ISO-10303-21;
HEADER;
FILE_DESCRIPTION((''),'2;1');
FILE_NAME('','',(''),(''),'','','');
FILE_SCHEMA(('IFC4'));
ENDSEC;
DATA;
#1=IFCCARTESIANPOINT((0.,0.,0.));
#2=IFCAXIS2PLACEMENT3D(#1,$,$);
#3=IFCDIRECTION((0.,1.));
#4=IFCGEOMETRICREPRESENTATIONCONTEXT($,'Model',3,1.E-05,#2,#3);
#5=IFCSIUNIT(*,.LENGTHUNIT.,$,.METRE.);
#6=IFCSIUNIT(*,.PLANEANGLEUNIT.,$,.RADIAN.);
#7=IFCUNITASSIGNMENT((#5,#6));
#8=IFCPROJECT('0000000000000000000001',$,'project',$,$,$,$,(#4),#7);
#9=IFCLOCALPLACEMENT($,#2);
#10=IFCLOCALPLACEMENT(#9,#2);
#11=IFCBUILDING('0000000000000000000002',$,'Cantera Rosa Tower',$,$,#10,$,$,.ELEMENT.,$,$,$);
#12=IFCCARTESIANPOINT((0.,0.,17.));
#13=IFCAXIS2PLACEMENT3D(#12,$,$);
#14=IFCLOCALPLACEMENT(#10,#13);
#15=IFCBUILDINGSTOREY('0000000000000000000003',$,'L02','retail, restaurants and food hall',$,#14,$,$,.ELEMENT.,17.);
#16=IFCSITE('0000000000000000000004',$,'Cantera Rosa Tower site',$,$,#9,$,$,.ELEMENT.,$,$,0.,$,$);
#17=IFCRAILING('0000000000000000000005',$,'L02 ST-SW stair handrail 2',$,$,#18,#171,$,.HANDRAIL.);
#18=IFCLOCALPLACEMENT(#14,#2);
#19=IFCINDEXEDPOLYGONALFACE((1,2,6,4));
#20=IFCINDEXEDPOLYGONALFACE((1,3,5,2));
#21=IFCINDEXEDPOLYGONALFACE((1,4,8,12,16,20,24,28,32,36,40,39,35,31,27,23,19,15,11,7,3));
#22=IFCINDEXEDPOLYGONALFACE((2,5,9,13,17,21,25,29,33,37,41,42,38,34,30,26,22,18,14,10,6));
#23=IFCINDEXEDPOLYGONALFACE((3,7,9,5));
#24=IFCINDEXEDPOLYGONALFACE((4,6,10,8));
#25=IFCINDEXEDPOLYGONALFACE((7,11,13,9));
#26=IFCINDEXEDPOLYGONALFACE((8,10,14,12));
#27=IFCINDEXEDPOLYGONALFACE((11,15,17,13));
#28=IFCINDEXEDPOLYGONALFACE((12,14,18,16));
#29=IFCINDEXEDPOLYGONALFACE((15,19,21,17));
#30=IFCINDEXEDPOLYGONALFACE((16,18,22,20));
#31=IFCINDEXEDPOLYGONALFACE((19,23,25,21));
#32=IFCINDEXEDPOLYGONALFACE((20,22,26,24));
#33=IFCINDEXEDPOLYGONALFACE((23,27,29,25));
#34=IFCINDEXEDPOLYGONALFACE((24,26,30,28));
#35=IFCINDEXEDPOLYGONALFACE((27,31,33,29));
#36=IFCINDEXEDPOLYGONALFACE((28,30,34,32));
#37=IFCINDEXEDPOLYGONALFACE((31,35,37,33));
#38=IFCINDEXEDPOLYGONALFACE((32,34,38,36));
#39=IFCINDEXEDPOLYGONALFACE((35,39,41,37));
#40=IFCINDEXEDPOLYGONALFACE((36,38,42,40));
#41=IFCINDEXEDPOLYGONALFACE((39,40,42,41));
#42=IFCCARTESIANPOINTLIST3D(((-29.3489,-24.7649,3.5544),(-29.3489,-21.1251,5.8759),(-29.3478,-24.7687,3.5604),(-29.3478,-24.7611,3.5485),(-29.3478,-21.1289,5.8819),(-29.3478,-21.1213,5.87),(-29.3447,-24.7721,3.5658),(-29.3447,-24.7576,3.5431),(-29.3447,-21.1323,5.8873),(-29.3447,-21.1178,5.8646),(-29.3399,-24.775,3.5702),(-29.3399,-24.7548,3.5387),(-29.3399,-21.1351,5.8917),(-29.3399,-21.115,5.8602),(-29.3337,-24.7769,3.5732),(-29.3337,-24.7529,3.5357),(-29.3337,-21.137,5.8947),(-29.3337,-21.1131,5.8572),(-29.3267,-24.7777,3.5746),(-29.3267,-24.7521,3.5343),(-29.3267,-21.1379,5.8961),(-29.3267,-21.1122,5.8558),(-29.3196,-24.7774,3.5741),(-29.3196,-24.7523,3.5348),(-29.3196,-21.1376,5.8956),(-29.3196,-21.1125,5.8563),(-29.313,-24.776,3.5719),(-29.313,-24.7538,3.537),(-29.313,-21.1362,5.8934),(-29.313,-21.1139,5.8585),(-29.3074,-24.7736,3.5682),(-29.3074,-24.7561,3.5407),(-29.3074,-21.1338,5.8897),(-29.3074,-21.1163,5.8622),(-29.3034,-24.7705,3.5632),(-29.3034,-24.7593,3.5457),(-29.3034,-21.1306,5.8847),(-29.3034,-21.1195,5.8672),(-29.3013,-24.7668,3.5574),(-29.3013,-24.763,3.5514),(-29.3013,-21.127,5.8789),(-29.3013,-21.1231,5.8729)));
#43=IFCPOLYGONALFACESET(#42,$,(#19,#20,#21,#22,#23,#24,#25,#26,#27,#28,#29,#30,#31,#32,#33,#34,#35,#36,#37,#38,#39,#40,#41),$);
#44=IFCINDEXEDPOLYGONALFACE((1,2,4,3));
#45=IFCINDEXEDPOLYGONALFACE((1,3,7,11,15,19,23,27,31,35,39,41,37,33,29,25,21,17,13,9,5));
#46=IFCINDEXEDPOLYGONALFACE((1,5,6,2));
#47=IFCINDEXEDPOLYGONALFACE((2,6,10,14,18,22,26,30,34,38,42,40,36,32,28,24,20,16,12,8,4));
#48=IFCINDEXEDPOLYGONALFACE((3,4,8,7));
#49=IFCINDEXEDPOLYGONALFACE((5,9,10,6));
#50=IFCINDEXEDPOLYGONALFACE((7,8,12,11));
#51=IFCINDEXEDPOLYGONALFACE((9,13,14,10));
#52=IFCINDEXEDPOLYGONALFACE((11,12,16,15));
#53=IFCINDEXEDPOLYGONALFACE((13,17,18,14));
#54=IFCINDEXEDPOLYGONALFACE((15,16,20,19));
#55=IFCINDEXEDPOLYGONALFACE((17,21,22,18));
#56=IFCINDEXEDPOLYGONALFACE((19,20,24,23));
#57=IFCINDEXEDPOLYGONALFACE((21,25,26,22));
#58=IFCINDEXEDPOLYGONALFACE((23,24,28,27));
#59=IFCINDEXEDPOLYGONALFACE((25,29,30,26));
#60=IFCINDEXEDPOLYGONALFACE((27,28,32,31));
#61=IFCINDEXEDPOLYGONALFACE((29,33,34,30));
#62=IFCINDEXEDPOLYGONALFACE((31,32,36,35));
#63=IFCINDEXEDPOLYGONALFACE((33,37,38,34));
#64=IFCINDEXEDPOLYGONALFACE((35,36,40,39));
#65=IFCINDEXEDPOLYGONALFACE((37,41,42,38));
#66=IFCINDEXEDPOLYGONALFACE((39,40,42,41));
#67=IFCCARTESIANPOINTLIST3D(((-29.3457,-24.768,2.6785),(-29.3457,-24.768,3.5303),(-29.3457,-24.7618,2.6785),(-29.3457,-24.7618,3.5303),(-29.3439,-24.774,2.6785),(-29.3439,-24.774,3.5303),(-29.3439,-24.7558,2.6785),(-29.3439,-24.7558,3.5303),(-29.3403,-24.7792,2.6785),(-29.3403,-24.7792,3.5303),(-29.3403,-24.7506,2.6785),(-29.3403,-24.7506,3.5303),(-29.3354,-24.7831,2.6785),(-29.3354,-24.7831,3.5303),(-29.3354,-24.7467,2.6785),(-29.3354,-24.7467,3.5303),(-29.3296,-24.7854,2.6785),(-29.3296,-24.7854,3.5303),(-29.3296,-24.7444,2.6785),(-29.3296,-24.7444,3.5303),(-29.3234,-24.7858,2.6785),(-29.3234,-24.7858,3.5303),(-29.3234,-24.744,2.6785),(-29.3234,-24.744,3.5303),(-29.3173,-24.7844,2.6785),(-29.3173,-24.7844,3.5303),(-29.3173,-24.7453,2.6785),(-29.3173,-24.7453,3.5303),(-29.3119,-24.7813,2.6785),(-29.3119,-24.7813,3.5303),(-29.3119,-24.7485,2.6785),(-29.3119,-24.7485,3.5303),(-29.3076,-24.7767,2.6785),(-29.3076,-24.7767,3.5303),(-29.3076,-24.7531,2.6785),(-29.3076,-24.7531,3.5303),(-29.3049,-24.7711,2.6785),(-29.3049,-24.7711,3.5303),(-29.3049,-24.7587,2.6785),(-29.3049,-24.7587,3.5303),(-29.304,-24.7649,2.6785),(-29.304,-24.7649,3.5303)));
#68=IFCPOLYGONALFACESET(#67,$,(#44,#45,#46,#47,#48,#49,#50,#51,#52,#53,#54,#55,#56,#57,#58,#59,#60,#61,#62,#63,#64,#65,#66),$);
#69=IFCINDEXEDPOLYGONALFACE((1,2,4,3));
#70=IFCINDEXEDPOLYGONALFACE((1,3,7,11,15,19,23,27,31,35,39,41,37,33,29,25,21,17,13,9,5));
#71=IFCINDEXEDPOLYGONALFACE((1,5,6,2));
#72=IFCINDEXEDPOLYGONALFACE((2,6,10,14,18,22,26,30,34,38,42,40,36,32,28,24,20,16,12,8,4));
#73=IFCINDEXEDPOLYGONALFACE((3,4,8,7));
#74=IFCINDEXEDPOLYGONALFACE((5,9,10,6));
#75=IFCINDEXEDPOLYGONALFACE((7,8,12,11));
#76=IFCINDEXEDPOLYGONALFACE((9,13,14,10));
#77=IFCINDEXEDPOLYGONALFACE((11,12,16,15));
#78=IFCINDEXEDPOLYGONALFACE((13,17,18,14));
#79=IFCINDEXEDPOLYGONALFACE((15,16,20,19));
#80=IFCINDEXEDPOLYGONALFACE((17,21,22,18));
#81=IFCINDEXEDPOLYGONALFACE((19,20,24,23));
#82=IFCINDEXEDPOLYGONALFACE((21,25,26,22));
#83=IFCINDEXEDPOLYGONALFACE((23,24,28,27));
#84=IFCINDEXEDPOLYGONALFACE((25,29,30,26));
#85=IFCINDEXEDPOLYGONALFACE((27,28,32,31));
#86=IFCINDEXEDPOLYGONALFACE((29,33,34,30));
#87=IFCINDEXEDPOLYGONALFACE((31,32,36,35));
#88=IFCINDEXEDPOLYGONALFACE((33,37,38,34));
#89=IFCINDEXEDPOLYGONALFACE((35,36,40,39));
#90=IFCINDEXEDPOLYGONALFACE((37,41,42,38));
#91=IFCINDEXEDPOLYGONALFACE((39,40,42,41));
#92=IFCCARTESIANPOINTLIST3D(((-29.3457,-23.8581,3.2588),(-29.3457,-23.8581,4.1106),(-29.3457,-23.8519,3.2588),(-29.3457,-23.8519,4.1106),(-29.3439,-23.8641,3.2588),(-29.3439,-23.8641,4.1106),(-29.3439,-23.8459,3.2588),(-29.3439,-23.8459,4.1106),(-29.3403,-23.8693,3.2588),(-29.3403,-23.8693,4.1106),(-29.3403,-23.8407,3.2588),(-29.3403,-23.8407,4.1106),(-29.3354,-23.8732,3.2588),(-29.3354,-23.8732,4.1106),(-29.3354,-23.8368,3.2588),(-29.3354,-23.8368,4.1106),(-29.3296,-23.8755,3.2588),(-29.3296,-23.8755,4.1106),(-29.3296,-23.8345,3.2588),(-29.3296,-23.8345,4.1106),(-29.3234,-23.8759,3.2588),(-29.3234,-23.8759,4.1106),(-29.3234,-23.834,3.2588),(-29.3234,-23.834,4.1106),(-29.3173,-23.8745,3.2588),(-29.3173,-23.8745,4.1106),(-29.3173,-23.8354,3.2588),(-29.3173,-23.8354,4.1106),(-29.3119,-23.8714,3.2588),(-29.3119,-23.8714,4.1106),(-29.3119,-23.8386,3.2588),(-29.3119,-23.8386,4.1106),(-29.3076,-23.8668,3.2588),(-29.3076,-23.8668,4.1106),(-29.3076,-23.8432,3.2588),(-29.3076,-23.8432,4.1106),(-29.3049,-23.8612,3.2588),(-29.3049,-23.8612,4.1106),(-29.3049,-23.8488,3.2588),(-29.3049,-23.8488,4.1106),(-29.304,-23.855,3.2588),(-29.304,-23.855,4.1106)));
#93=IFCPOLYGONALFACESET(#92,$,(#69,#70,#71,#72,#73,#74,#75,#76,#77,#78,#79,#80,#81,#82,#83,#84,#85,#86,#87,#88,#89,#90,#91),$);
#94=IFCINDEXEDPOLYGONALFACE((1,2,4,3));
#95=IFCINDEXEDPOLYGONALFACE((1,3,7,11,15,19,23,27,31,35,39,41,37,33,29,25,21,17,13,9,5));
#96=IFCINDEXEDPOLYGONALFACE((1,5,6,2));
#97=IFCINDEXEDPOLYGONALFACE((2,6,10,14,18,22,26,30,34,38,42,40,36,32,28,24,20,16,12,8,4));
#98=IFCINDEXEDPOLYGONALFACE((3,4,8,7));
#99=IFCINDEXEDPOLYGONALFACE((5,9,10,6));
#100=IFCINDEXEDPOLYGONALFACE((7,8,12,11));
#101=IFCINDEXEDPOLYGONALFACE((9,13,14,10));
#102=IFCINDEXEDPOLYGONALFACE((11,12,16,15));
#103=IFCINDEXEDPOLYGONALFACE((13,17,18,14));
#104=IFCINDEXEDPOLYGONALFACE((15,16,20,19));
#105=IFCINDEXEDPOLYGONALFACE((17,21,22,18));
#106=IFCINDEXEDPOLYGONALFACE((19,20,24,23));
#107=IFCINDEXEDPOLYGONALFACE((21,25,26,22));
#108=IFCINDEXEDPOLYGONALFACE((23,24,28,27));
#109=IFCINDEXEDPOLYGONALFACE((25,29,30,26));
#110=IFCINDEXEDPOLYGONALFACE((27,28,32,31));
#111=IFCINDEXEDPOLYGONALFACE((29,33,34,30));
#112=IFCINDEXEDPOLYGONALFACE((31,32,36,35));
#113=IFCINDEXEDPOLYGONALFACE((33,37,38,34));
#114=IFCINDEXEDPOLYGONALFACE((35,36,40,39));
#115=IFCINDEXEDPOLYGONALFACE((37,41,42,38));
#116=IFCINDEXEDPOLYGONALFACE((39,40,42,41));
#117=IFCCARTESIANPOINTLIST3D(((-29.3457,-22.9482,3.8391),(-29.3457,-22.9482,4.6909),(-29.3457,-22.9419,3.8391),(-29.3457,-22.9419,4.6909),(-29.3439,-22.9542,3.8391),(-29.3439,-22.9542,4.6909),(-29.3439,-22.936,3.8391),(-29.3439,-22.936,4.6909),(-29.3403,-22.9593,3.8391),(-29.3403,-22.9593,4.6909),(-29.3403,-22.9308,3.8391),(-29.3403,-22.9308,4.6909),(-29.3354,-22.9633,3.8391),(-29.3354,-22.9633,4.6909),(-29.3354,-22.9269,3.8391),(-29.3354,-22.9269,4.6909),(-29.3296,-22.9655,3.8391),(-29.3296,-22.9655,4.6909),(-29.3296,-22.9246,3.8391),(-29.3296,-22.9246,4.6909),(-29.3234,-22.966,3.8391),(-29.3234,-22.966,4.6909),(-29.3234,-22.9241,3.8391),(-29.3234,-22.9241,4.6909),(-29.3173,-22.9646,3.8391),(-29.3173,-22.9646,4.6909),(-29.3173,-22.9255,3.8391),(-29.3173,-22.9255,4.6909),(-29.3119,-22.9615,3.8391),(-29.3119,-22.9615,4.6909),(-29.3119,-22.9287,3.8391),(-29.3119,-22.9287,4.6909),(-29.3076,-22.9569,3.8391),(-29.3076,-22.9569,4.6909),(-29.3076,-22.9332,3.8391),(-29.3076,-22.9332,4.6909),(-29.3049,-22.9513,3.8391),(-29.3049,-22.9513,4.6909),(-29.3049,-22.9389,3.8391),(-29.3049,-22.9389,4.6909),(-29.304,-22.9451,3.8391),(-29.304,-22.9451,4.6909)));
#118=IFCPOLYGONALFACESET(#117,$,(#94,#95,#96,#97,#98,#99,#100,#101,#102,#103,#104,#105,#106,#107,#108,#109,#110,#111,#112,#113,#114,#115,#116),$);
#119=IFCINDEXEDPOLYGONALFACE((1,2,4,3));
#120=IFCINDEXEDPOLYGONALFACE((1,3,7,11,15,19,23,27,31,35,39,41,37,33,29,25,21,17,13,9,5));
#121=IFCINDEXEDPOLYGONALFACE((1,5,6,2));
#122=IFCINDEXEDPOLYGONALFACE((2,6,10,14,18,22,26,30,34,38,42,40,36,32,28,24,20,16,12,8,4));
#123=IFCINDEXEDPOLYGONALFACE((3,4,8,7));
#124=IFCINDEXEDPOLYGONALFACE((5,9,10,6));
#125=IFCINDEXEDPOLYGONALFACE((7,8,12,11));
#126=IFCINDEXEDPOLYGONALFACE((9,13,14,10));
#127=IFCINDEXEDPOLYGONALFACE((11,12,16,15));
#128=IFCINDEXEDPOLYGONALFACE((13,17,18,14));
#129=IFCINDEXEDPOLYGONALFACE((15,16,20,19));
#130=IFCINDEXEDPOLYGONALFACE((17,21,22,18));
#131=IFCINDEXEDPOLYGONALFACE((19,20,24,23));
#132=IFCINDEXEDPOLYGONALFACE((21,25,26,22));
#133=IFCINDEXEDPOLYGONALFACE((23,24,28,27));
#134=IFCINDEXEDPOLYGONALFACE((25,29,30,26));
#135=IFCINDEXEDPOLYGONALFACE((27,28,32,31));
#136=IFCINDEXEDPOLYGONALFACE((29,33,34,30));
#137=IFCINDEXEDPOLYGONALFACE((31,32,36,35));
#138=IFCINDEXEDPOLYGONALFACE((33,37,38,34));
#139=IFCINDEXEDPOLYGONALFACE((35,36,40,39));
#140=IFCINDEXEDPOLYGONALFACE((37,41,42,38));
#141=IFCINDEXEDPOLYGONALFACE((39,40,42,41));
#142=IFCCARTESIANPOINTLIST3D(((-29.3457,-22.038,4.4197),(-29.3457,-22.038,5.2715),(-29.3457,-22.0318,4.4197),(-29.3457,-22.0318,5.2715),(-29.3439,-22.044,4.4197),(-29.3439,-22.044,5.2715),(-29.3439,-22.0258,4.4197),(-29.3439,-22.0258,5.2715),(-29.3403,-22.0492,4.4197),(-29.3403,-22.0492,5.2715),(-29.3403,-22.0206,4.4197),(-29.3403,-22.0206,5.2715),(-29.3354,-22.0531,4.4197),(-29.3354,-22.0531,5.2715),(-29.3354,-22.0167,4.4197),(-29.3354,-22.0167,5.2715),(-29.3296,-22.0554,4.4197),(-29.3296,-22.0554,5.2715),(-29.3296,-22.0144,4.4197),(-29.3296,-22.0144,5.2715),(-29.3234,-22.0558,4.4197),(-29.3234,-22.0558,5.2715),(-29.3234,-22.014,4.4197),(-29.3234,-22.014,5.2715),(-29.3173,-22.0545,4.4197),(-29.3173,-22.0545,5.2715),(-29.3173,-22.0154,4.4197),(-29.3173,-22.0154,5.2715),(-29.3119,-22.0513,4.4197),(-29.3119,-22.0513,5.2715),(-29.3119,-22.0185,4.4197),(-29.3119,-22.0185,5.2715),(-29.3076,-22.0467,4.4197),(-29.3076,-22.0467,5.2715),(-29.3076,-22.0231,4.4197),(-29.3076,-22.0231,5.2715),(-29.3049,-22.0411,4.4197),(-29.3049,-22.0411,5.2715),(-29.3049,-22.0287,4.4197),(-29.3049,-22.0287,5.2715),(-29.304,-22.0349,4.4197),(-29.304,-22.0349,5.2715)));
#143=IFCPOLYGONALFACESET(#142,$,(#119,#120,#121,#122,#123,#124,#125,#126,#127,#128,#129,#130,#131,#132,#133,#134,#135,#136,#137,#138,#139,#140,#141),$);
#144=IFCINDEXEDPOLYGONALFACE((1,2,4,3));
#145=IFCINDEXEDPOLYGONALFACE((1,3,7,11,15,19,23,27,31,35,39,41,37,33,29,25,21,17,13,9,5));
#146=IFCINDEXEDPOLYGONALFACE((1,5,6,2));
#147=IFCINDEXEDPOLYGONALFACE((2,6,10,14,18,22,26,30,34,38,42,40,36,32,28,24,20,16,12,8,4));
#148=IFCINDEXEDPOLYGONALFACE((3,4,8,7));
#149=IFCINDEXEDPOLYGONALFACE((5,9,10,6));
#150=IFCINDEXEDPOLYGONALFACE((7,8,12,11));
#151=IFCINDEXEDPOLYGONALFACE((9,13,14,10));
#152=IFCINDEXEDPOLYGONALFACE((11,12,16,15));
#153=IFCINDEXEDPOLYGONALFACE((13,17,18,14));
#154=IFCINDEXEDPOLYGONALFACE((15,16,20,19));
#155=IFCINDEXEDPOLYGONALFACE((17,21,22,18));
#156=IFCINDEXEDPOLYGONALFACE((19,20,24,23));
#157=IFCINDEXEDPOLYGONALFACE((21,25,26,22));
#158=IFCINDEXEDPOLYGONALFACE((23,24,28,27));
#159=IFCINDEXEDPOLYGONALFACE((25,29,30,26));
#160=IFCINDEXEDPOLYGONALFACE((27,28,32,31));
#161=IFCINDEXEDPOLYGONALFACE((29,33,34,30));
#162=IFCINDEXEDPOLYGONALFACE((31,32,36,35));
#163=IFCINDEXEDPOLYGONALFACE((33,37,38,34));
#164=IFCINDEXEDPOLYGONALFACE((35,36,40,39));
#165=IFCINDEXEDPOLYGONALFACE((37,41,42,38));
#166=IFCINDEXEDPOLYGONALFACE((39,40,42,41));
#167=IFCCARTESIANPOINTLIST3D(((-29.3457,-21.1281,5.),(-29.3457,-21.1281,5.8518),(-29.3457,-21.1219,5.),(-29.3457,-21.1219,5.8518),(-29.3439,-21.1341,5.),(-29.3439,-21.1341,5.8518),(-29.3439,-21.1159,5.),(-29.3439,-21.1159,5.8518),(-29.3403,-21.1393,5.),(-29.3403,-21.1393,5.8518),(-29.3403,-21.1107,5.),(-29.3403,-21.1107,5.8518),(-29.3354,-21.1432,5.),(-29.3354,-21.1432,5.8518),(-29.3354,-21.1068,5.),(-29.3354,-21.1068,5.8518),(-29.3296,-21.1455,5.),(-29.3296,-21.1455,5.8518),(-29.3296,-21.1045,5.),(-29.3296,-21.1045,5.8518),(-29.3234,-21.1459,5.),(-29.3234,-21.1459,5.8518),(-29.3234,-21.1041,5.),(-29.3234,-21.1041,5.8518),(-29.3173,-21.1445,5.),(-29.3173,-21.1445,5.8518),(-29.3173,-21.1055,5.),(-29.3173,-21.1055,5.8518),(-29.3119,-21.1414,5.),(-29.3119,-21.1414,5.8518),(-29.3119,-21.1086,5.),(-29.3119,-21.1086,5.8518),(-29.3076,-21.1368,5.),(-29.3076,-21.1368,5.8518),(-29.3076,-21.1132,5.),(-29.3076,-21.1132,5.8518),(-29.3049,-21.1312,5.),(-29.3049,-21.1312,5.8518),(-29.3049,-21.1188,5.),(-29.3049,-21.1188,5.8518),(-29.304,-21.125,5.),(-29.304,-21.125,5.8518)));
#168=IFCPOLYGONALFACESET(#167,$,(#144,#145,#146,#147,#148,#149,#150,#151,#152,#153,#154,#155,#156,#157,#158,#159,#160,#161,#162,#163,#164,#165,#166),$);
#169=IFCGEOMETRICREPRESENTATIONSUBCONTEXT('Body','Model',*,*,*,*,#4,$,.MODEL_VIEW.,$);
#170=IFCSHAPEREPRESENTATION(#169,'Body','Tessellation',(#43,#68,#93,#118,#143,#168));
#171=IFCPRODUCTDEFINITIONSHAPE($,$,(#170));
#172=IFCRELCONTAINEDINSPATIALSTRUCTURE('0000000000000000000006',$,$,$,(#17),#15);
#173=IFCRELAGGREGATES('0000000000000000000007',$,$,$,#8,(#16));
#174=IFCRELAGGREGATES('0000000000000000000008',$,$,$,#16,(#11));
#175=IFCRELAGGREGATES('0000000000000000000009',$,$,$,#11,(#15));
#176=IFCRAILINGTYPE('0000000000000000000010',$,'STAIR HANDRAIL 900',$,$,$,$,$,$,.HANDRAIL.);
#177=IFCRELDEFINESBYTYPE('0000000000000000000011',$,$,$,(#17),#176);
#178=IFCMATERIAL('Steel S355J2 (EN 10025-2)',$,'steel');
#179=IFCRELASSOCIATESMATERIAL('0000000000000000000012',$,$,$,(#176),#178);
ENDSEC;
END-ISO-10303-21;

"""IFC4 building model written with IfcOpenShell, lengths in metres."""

from ifc_helpers import new_model, si_unit, direction, frame, origin, origin_2d, place, context, subcontext, project, spatial, circle, extrude, material, type_object, element, save


model = new_model("IFC4")

# Units and contexts
model_context = context("Model", 3, precision=1e-05, world=origin(), true_north=direction((0.0, 1.0)))
body_context = subcontext(model_context, "Body", "Model", "MODEL_VIEW")
ifc_project = project(units=[si_unit("LENGTHUNIT", "METRE"), si_unit("PLANEANGLEUNIT", "RADIAN")], contexts=[model_context])

# Site, building, storey
site_placement = place(None, origin())
site = spatial("IfcSite", under=ifc_project, at=site_placement, Name="Cantera Rosa Tower site", CompositionType="ELEMENT", RefElevation=0.0)
building_placement = place(site_placement, origin())
building = spatial("IfcBuilding", under=site, at=building_placement, Name="Cantera Rosa Tower", CompositionType="ELEMENT")
storey_placement = place(building_placement, frame((0.0, 0.0, 17.0)))
storey = spatial("IfcBuildingStorey", under=building, at=storey_placement, Name="L02", Description="retail, restaurants and food hall", CompositionType="ELEMENT", Elevation=17.0)

# Railing
ifc_material_1 = material(Name="Steel S355J2 (EN 10025-2)", Category="steel")
railing_type_1 = type_object("IfcRailingType", Name="STAIR HANDRAIL 900", PredefinedType="HANDRAIL", material=ifc_material_1)
railing_1_placement = place(storey_placement, frame((-29.325, -24.7649, 2.6785)))
element("IfcRailing", 1, at=railing_1_placement, inside=storey, type_object=railing_type_1, Name="L02 ST-SW stair handrail 2", PredefinedType="HANDRAIL", context=body_context, shape_type="SweptSolid", body=[
    extrude(circle(Radius=0.0239, at=origin_2d()), frame((0.0, 0.0, 0.876), z_axis=(0.0, 0.843112, 0.537739), x_axis=(-1.0, 0.0, 0.0)), (0.0, 0.0, 1.0), 4.3171),
    extrude(circle(Radius=0.021, at=origin_2d()), origin(), (0.0, 0.0, 1.0), 0.8518),
    extrude(circle(Radius=0.021, at=origin_2d()), frame((0.0, 0.9099, 0.5803)), (0.0, 0.0, 1.0), 0.8518),
    extrude(circle(Radius=0.021, at=origin_2d()), frame((0.0, 1.8198, 1.1606)), (0.0, 0.0, 1.0), 0.8518),
    extrude(circle(Radius=0.021, at=origin_2d()), frame((0.0, 2.73, 1.7412)), (0.0, 0.0, 1.0), 0.8518),
    extrude(circle(Radius=0.021, at=origin_2d()), frame((0.0, 3.6399, 2.3215)), (0.0, 0.0, 1.0), 0.8518),
])

save(model, "model.ifc")
